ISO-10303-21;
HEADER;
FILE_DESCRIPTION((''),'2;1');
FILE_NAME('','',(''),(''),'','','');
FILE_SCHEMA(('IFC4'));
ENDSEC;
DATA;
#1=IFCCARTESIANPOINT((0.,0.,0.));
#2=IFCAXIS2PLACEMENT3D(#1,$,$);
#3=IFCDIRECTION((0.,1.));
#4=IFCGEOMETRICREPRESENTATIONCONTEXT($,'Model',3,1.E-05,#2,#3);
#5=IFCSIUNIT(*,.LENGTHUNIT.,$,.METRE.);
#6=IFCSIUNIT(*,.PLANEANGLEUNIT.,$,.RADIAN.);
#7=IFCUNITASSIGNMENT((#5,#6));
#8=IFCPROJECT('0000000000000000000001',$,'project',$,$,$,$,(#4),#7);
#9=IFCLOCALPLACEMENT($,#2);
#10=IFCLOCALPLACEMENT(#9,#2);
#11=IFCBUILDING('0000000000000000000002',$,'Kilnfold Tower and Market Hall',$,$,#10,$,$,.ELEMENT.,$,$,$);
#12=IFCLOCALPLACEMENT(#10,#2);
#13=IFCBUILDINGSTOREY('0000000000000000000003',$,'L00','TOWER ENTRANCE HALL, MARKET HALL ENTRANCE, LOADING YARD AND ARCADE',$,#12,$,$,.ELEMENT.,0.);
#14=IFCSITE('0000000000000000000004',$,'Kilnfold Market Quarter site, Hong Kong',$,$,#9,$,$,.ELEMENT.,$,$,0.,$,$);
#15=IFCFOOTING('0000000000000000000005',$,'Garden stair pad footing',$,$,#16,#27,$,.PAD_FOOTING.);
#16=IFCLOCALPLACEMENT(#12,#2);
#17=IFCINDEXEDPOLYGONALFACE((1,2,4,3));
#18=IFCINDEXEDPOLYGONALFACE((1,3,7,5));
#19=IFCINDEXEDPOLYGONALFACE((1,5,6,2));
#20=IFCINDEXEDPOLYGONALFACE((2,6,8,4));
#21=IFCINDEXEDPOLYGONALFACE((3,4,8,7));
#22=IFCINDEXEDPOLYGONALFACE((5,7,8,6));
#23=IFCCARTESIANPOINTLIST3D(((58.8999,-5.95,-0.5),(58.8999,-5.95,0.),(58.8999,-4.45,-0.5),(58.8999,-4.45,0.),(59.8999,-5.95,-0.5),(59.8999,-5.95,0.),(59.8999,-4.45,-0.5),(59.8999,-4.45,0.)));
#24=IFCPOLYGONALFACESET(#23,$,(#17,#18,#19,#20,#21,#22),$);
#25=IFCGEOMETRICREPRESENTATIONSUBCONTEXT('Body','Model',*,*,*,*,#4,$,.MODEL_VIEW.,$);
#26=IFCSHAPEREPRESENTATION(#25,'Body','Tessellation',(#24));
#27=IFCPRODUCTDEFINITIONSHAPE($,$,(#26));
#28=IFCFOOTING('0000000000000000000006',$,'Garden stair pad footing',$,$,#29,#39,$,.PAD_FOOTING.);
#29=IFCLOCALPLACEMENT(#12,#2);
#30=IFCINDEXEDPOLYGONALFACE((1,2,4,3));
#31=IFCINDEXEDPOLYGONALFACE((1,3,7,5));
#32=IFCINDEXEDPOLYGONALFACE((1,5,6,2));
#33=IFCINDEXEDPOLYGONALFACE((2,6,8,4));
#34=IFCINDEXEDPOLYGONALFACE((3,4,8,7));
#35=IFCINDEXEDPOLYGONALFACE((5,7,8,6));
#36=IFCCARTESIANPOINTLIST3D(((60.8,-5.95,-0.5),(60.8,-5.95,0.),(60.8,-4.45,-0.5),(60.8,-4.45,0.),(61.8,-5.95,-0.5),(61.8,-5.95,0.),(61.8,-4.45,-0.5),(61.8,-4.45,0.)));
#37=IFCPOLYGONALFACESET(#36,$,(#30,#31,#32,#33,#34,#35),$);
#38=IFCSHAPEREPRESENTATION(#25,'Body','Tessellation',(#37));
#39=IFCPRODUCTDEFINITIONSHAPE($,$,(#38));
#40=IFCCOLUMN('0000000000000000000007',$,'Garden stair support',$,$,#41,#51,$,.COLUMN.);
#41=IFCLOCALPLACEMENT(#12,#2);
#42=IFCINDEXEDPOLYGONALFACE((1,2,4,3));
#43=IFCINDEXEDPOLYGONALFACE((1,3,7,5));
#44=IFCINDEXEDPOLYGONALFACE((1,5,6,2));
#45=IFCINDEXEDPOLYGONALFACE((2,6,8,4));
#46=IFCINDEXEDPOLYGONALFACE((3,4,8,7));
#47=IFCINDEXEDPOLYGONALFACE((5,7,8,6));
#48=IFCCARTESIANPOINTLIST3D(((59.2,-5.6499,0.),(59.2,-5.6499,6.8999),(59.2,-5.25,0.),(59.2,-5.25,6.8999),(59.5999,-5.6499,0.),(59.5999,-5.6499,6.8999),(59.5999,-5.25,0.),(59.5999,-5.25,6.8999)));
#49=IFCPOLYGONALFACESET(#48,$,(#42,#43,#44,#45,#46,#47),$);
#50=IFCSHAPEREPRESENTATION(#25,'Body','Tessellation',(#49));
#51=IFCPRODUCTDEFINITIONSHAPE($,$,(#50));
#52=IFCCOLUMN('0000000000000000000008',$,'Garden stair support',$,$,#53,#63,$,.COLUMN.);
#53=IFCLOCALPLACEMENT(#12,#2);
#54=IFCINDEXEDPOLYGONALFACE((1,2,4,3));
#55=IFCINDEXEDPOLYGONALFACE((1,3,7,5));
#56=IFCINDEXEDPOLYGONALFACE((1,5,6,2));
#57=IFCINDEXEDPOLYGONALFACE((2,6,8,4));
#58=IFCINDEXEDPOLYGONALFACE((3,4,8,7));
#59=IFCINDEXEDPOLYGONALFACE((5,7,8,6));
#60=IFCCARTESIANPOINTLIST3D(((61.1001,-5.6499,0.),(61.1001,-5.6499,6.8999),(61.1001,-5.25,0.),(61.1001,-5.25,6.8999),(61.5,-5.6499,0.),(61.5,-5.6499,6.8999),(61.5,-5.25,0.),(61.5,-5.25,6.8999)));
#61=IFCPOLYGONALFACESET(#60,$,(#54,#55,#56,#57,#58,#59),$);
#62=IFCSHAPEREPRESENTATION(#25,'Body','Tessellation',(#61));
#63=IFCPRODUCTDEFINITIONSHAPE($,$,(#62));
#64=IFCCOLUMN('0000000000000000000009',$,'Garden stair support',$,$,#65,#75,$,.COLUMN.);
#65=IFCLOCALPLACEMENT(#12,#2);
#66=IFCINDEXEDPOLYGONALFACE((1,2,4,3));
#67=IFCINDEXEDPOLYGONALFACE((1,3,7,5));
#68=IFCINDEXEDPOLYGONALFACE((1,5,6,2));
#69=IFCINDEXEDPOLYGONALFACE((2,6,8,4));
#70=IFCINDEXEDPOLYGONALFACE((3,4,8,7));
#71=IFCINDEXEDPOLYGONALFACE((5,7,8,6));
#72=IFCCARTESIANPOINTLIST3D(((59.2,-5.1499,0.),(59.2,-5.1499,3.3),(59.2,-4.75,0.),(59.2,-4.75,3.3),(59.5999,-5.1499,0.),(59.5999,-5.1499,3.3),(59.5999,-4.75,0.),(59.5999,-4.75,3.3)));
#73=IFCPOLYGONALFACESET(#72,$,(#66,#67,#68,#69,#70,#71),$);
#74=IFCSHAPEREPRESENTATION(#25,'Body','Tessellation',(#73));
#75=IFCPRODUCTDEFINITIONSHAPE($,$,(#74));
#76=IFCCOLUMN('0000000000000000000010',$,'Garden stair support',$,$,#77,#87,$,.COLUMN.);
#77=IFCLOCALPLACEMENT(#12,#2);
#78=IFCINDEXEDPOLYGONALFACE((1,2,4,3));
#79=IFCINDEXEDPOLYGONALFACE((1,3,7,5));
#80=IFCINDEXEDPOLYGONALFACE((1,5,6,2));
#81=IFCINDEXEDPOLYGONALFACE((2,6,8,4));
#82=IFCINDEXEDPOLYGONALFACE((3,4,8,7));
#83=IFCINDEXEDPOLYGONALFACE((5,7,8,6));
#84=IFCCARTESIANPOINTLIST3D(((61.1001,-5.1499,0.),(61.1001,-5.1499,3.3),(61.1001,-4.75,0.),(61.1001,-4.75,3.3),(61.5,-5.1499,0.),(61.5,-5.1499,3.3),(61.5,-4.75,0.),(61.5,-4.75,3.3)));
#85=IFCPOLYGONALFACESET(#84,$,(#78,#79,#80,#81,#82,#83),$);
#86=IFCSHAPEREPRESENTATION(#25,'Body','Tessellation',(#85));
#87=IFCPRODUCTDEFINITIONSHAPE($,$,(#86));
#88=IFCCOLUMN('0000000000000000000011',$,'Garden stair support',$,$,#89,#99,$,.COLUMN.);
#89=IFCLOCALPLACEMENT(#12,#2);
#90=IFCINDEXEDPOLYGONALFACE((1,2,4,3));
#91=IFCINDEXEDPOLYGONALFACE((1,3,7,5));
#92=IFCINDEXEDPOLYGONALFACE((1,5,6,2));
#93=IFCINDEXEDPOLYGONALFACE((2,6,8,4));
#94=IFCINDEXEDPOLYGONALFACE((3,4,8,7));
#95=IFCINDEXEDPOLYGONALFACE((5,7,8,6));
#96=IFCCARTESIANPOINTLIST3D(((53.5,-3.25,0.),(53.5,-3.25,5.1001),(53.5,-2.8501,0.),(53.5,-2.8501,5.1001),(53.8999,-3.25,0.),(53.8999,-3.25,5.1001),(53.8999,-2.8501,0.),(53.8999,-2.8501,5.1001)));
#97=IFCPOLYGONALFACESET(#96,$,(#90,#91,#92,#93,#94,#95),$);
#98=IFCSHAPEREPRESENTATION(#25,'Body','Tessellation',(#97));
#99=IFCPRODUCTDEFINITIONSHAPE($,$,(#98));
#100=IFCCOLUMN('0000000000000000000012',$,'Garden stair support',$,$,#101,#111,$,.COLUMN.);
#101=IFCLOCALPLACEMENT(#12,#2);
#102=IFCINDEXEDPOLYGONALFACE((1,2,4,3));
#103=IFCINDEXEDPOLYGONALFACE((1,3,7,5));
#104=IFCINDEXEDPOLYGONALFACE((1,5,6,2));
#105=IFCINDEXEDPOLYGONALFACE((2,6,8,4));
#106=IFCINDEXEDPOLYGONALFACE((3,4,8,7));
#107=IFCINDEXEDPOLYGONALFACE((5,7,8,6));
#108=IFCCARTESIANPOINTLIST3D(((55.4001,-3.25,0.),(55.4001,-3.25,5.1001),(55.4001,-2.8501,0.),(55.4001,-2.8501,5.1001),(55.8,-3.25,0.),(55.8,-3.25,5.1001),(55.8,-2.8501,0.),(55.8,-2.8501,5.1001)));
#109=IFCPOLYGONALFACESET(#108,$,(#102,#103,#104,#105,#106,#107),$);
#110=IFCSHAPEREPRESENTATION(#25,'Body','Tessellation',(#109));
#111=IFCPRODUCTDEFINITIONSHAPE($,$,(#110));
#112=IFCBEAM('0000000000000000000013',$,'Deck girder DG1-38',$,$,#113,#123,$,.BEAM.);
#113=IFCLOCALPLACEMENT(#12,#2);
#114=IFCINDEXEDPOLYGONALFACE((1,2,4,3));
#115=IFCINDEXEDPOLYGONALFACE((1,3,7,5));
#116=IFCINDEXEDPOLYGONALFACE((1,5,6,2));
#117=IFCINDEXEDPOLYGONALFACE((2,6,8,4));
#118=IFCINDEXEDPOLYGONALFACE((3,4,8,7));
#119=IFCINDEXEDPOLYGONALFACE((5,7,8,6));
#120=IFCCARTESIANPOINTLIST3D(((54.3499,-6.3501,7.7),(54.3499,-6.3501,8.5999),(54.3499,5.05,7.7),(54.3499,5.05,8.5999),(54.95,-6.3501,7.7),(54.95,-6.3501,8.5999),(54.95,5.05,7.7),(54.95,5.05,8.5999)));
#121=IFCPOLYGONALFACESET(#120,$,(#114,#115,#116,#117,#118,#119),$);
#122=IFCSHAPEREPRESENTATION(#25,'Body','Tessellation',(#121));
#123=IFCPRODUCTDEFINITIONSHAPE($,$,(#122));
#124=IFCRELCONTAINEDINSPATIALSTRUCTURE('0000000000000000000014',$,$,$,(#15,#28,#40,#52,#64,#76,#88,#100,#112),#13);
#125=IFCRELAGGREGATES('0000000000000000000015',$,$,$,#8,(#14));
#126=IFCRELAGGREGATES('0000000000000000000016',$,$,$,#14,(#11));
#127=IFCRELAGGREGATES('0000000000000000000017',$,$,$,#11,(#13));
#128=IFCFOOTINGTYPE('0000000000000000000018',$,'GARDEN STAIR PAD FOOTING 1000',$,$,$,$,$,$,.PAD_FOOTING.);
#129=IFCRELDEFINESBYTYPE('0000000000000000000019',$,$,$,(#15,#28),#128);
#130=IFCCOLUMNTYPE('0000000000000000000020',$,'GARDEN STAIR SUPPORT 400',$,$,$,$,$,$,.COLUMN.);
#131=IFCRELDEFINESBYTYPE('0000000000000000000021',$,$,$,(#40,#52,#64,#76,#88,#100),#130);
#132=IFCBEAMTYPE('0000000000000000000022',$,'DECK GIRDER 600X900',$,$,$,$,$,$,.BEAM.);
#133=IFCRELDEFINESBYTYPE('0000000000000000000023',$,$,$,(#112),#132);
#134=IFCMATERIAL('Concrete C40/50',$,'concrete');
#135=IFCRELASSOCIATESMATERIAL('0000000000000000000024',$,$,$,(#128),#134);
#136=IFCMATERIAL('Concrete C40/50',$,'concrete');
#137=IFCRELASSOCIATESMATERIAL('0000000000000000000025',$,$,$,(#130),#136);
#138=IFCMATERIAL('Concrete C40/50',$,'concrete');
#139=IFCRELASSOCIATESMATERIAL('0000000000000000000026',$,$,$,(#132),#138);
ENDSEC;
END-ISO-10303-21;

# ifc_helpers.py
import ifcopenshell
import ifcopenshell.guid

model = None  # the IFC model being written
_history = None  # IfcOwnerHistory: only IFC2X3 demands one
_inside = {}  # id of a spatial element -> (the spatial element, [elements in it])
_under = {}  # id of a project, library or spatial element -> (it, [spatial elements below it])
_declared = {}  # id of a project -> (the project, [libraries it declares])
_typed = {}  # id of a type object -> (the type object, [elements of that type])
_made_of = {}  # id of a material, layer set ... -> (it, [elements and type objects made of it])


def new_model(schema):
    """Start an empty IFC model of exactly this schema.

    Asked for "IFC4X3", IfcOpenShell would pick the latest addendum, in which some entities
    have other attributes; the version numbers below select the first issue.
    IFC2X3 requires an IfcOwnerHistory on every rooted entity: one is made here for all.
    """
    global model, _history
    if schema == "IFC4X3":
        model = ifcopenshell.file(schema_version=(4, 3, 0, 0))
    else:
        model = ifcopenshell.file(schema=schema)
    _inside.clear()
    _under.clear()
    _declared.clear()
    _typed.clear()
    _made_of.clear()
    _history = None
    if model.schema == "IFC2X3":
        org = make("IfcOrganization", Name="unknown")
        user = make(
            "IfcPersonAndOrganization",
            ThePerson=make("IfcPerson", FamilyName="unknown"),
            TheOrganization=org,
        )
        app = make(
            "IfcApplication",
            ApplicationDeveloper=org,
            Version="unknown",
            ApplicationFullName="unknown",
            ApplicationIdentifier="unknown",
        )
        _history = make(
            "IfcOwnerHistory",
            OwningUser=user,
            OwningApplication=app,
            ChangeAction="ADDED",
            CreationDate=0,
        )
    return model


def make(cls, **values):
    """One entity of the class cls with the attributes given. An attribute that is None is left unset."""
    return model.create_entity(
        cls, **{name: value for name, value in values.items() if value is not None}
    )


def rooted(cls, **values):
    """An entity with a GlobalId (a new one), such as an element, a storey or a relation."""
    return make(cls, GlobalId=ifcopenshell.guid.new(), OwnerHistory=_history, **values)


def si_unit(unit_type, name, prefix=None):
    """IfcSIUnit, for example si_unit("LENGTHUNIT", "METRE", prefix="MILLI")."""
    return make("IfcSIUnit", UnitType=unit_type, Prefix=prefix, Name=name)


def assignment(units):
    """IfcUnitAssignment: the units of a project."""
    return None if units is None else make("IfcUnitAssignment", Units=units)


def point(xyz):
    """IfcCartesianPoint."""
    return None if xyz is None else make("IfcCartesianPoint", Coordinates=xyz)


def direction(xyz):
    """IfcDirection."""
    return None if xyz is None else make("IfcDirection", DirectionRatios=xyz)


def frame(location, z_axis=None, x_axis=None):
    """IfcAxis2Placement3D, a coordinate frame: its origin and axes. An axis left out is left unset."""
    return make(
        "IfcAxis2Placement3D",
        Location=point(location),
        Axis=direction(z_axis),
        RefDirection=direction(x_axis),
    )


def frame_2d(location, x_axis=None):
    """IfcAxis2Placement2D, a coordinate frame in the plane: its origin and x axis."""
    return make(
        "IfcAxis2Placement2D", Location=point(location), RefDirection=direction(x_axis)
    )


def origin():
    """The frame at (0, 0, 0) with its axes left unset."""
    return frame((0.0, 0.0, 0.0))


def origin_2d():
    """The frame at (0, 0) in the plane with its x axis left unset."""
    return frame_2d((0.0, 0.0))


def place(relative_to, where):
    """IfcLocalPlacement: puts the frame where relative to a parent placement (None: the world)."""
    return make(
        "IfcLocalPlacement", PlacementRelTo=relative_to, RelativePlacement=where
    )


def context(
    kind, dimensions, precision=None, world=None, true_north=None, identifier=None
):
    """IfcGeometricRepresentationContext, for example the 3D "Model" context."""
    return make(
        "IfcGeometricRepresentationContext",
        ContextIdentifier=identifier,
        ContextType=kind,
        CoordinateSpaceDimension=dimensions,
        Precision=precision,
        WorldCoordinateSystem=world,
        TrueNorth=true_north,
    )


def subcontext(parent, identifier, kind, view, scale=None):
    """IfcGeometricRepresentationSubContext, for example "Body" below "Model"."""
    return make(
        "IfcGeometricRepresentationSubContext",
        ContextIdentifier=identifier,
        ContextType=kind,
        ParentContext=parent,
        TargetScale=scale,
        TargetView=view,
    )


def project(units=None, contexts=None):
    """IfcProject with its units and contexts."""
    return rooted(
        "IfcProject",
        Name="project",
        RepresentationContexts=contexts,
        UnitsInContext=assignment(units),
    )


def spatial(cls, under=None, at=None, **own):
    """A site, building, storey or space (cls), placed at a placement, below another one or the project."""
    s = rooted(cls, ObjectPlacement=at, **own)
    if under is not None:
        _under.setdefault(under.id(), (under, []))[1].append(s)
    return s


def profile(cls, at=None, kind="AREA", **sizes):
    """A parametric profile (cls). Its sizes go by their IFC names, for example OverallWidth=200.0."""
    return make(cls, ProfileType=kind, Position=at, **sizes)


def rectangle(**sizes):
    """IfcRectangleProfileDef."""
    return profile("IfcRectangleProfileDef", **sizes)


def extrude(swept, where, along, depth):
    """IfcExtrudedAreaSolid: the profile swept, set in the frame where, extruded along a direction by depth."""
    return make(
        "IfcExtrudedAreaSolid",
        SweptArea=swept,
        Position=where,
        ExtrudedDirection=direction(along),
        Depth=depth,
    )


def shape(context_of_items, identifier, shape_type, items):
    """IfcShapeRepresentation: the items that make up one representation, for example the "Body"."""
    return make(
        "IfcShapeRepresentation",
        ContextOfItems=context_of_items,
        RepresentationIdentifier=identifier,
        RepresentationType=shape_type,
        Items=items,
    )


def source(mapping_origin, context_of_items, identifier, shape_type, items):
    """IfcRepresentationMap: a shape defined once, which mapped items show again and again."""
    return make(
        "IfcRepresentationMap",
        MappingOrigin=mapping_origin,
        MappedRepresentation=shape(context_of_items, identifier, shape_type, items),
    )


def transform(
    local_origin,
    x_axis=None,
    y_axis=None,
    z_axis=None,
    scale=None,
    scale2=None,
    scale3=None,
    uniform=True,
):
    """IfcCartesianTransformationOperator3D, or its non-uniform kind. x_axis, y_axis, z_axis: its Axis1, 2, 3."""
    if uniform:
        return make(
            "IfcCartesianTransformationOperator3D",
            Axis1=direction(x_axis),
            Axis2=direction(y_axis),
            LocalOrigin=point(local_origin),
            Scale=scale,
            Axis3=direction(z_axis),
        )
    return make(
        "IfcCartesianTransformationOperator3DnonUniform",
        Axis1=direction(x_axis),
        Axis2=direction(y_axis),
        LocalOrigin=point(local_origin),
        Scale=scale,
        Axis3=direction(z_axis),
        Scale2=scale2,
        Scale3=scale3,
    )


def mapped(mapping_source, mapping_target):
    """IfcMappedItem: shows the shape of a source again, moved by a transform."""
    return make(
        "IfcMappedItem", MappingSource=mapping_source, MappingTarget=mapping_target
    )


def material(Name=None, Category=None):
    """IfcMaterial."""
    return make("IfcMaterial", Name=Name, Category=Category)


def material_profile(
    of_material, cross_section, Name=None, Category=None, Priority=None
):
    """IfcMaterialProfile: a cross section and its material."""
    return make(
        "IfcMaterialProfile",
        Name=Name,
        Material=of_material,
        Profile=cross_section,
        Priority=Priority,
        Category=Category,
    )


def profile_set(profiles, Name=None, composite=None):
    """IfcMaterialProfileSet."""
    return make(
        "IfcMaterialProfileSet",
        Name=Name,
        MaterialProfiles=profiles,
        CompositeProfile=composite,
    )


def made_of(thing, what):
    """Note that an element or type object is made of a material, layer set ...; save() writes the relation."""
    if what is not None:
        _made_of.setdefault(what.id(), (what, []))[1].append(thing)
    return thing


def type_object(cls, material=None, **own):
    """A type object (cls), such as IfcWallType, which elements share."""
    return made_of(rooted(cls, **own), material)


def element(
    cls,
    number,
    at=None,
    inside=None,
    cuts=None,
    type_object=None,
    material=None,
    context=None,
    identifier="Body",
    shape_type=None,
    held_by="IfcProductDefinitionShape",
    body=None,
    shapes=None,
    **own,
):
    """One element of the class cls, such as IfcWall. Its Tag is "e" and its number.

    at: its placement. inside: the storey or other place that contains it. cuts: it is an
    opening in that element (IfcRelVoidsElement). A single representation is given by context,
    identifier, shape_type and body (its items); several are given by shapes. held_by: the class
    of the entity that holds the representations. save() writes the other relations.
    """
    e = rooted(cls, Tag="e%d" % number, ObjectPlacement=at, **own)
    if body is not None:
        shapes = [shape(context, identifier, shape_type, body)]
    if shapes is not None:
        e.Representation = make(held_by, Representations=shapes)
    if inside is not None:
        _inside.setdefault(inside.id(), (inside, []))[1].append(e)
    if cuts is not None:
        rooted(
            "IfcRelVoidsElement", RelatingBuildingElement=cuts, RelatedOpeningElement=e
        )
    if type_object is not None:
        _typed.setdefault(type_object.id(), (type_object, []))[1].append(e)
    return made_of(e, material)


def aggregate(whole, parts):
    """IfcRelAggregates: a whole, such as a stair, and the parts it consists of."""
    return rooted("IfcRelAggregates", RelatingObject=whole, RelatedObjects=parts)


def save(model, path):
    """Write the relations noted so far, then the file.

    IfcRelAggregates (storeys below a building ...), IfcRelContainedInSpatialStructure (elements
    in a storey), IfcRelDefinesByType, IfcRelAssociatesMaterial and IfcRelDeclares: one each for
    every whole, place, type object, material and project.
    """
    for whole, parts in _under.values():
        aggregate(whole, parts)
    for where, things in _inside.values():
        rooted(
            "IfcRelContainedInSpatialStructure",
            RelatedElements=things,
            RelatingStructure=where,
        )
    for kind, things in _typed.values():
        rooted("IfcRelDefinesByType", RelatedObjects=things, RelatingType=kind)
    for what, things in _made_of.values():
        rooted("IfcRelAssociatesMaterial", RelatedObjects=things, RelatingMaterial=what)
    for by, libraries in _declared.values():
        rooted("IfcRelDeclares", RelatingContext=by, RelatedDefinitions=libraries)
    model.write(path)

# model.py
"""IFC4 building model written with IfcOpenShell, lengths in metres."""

from ifc_helpers import new_model, si_unit, direction, frame, origin, origin_2d, place, context, subcontext, project, spatial, rectangle, extrude, source, transform, mapped, material, material_profile, profile_set, type_object, element, save


model = new_model("IFC4")

# Units and contexts
model_context = context("Model", 3, precision=1e-05, world=origin(), true_north=direction((0.0, 1.0)))
body_context = subcontext(model_context, "Body", "Model", "MODEL_VIEW")
ifc_project = project(units=[si_unit("LENGTHUNIT", "METRE"), si_unit("PLANEANGLEUNIT", "RADIAN")], contexts=[model_context])

# Site, building, storey
site_placement = place(None, origin())
site = spatial("IfcSite", under=ifc_project, at=site_placement, Name="Kilnfold Market Quarter site, Hong Kong", CompositionType="ELEMENT", RefElevation=0.0)
building_placement = place(site_placement, origin())
building = spatial("IfcBuilding", under=site, at=building_placement, Name="Kilnfold Tower and Market Hall", CompositionType="ELEMENT")
storey_placement = place(building_placement, origin())
storey = spatial("IfcBuildingStorey", under=building, at=storey_placement, Name="L00", Description="TOWER ENTRANCE HALL, MARKET HALL ENTRANCE, LOADING YARD AND ARCADE", CompositionType="ELEMENT", Elevation=0.0)

# Footings
ifc_material_1 = material(Name="Concrete C40/50", Category="concrete")
footing_type = type_object("IfcFootingType", Name="GARDEN STAIR PAD FOOTING 1000", PredefinedType="PAD_FOOTING", material=ifc_material_1)
shared_shape_1 = source(origin(), body_context, "Body", "SweptSolid", [
    extrude(rectangle(XDim=1.0, YDim=1.5, at=origin_2d()), origin(), (0.0, 0.0, 1.0), 0.5),
])
for number, where, z_axis, x_axis, name in (
    (1, (59.3999, -5.2, -0.5), (0.0, 0.0, 1.0), (1.0, 0.0, 0.0), "Garden stair pad footing"),
    (2, (61.3, -5.2, -0.5), (0.0, 0.0, 1.0), (1.0, 0.0, 0.0), "Garden stair pad footing"),
):
    element("IfcFooting", number, at=place(storey_placement, frame(where, z_axis=z_axis, x_axis=x_axis)), inside=storey, type_object=footing_type, Name=name, PredefinedType="PAD_FOOTING", context=body_context, shape_type="MappedRepresentation", body=[
        mapped(shared_shape_1, transform((0.0, 0.0, 0.0))),
    ])

# Columns
ifc_material_2 = material(Name="Concrete C40/50", Category="concrete")
ifc_material_profile_1 = material_profile(ifc_material_2, rectangle(XDim=0.3999, YDim=0.3999, at=origin_2d()), Name="RC 400x400")
ifc_profile_set_1 = profile_set([ifc_material_profile_1], Name="Concrete C40/50")
column_type = type_object("IfcColumnType", Name="GARDEN STAIR SUPPORT 400", PredefinedType="COLUMN", material=ifc_profile_set_1)
shared_shape_2 = source(origin(), body_context, "Body", "SweptSolid", [
    extrude(rectangle(XDim=0.3999, YDim=0.3999, at=origin_2d()), origin(), (0.0, 0.0, 1.0), 6.8999),
])
for number, where, z_axis, x_axis, name in (
    (3, (59.3999, -5.45, 0.0), (0.0, 0.0, 1.0), (1.0, 0.0, 0.0), "Garden stair support"),
    (4, (61.3, -5.45, 0.0), (0.0, 0.0, 1.0), (1.0, 0.0, 0.0), "Garden stair support"),
):
    element("IfcColumn", number, at=place(storey_placement, frame(where, z_axis=z_axis, x_axis=x_axis)), inside=storey, type_object=column_type, Name=name, PredefinedType="COLUMN", context=body_context, shape_type="MappedRepresentation", body=[
        mapped(shared_shape_2, transform((0.0, 0.0, 0.0))),
    ])
shared_shape_3 = source(origin(), body_context, "Body", "SweptSolid", [
    extrude(rectangle(XDim=0.3999, YDim=0.3999, at=origin_2d()), origin(), (0.0, 0.0, 1.0), 3.3),
])
for number, where, z_axis, x_axis, name in (
    (5, (59.3999, -4.95, 0.0), (0.0, 0.0, 1.0), (1.0, 0.0, 0.0), "Garden stair support"),
    (6, (61.3, -4.95, 0.0), (0.0, 0.0, 1.0), (1.0, 0.0, 0.0), "Garden stair support"),
):
    element("IfcColumn", number, at=place(storey_placement, frame(where, z_axis=z_axis, x_axis=x_axis)), inside=storey, type_object=column_type, Name=name, PredefinedType="COLUMN", context=body_context, shape_type="MappedRepresentation", body=[
        mapped(shared_shape_3, transform((0.0, 0.0, 0.0))),
    ])
shared_shape_4 = source(origin(), body_context, "Body", "SweptSolid", [
    extrude(rectangle(XDim=0.3999, YDim=0.3999, at=origin_2d()), origin(), (0.0, 0.0, 1.0), 5.1001),
])
for number, where, z_axis, x_axis, name in (
    (7, (53.7, -3.05, 0.0), (0.0, 0.0, 1.0), (1.0, 0.0, 0.0), "Garden stair support"),
    (8, (55.6001, -3.05, 0.0), (0.0, 0.0, 1.0), (1.0, 0.0, 0.0), "Garden stair support"),
):
    element("IfcColumn", number, at=place(storey_placement, frame(where, z_axis=z_axis, x_axis=x_axis)), inside=storey, type_object=column_type, Name=name, PredefinedType="COLUMN", context=body_context, shape_type="MappedRepresentation", body=[
        mapped(shared_shape_4, transform((0.0, 0.0, 0.0))),
    ])

# Beam
ifc_material_3 = material(Name="Concrete C40/50", Category="concrete")
ifc_material_profile_2 = material_profile(ifc_material_3, rectangle(XDim=0.6001, YDim=0.8999, at=origin_2d()), Name="RC 600x900")
ifc_profile_set_2 = profile_set([ifc_material_profile_2], Name="Concrete C40/50")
beam_type = type_object("IfcBeamType", Name="DECK GIRDER 600X900", PredefinedType="BEAM", material=ifc_profile_set_2)
shared_shape_5 = source(origin(), body_context, "Body", "SweptSolid", [
    extrude(rectangle(XDim=0.6001, YDim=0.8999, at=origin_2d()), origin(), (0.0, 0.0, 1.0), 11.4001),
])
beam_placement = place(storey_placement, frame((54.6499, -6.3501, 8.1499), z_axis=(0.0, 1.0, 0.0), x_axis=(-1.0, 0.0, 0.0)))
element("IfcBeam", 9, at=beam_placement, inside=storey, type_object=beam_type, Name="Deck girder DG1-38", PredefinedType="BEAM", context=body_context, shape_type="MappedRepresentation", body=[
    mapped(shared_shape_5, transform((0.0, 0.0, 0.0))),
])

save(model, "model.ifc")
